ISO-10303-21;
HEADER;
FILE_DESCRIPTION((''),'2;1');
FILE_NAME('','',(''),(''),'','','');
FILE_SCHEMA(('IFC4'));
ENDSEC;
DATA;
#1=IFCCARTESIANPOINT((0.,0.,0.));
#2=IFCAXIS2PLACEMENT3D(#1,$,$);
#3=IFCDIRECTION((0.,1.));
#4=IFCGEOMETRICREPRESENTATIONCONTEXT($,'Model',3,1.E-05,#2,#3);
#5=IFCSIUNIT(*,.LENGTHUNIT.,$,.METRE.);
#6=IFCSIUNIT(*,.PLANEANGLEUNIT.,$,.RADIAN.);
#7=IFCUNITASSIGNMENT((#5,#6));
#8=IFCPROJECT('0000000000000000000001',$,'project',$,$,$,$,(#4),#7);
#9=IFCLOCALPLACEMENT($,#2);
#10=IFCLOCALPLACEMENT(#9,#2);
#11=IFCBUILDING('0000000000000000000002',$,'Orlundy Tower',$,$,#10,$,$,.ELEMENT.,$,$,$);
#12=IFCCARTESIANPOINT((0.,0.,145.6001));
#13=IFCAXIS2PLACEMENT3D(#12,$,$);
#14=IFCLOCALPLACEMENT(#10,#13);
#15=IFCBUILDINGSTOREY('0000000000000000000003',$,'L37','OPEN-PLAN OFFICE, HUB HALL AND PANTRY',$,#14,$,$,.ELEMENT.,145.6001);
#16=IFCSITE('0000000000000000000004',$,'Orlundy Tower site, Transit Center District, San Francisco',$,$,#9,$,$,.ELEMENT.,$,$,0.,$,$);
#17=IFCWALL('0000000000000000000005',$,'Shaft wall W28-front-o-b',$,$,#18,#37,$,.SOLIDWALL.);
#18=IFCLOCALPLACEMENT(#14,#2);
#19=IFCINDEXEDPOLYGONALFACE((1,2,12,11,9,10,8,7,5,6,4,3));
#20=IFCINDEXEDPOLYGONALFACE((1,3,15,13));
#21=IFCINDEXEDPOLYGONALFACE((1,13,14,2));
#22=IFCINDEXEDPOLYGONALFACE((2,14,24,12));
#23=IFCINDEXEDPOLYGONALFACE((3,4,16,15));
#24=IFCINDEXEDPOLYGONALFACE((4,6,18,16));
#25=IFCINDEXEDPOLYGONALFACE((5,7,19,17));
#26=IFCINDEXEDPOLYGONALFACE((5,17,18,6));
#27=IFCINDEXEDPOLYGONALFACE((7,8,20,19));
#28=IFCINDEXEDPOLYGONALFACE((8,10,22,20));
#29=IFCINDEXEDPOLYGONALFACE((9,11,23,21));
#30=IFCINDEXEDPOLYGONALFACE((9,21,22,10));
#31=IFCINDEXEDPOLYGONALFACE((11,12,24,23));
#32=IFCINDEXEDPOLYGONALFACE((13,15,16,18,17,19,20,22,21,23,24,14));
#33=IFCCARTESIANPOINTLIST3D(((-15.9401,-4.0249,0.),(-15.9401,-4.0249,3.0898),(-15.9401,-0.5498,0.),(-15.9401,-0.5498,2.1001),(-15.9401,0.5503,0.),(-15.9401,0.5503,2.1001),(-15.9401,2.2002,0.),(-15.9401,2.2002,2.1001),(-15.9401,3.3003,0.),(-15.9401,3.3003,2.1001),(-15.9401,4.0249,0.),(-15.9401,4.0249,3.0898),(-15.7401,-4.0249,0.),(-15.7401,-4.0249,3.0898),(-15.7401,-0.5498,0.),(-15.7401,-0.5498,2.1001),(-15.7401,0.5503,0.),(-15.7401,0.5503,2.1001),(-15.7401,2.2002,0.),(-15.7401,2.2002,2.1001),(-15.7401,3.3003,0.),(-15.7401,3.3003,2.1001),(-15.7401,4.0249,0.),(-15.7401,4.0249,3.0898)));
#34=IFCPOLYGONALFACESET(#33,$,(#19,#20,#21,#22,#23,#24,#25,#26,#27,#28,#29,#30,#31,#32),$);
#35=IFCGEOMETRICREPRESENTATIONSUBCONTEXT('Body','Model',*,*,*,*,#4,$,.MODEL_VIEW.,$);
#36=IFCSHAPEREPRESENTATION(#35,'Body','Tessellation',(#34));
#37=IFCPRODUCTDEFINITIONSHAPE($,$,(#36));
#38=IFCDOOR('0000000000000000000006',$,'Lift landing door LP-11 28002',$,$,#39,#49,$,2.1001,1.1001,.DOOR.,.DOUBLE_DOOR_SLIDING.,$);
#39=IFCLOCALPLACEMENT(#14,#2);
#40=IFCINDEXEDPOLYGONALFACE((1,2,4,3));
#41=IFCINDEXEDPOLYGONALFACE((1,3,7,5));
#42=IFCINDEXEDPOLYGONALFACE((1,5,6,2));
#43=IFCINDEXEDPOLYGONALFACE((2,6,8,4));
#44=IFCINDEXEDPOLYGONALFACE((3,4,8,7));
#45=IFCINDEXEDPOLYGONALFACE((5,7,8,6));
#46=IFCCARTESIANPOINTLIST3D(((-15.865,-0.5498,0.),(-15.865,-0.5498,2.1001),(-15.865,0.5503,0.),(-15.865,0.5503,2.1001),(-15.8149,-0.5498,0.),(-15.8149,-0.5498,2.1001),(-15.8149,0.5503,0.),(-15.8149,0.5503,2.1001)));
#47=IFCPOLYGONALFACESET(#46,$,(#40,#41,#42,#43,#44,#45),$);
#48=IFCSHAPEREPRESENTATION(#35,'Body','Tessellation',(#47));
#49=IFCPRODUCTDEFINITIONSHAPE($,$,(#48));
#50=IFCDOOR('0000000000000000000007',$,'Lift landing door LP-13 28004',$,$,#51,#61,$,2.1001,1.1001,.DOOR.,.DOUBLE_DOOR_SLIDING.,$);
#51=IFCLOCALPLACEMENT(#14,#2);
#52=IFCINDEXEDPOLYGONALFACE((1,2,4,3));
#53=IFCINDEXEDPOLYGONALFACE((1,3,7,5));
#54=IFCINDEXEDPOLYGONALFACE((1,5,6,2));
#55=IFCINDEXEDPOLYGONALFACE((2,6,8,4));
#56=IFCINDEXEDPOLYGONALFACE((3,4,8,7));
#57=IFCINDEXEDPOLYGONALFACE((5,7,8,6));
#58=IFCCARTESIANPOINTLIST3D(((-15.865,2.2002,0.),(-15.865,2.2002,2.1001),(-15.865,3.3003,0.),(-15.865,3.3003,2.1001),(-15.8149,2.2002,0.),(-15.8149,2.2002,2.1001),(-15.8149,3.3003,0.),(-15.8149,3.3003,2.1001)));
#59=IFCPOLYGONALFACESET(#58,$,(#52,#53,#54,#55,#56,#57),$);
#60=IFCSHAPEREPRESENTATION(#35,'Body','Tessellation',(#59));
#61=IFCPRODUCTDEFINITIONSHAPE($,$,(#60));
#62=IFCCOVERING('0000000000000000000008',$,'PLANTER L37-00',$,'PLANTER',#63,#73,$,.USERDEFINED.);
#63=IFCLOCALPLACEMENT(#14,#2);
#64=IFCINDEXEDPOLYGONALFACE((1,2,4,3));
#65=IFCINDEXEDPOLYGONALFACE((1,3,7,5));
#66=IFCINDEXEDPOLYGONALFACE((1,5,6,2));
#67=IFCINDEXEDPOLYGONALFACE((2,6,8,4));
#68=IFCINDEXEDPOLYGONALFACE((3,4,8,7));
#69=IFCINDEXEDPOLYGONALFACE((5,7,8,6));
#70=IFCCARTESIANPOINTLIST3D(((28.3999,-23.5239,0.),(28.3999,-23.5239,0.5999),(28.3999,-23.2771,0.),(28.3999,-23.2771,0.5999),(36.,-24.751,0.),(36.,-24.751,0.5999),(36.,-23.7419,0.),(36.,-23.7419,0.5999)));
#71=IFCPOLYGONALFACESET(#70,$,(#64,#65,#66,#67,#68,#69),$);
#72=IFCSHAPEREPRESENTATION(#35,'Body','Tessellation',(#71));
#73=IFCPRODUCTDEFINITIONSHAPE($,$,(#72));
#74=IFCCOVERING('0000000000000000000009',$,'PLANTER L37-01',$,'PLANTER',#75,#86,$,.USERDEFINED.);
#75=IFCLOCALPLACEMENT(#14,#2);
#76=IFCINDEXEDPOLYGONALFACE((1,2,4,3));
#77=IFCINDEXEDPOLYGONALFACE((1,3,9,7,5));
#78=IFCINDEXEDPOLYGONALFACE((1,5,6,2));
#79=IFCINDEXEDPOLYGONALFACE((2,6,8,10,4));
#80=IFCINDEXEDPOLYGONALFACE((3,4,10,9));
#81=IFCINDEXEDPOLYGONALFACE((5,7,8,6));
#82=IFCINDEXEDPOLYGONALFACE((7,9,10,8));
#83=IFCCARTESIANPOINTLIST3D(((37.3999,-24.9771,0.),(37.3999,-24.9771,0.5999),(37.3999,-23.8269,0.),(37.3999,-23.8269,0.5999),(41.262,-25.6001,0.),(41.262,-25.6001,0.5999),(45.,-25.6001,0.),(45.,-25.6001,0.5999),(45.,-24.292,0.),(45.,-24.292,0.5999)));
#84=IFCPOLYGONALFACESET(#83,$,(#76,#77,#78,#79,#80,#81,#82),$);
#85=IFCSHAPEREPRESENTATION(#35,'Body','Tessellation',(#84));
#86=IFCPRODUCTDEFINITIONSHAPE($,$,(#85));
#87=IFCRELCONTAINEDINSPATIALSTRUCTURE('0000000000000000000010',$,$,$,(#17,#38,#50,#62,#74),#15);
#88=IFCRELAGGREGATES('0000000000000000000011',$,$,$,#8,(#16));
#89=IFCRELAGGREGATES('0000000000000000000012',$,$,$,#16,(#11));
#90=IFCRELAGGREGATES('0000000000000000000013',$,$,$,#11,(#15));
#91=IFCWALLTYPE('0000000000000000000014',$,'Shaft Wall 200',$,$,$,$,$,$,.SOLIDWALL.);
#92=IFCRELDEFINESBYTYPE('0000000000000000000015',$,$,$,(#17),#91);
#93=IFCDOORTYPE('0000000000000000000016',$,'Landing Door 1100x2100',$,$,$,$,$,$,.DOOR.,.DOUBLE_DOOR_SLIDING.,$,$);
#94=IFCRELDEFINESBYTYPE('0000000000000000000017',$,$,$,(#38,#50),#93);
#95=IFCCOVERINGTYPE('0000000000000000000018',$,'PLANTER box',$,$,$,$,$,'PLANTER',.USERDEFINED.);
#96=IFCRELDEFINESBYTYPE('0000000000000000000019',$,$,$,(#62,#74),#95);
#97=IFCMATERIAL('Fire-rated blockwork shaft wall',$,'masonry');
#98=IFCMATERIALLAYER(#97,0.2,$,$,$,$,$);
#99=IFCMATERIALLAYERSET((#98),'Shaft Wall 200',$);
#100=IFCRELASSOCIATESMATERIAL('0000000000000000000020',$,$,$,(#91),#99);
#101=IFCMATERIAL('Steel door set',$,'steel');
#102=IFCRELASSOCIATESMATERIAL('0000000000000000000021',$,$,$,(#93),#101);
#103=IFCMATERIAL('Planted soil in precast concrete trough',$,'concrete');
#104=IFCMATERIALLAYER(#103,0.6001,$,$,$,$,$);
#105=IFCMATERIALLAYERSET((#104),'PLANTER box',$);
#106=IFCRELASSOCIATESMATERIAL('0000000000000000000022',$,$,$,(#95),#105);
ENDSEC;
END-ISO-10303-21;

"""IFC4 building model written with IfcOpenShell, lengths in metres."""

from ifc_helpers import new_model, si_unit, direction, frame, frame_2d, origin, place, context, subcontext, project, spatial, polyline, rectangle, outline, extrude, material, layer, layer_set, type_object, element, fill, save


model = new_model("IFC4")

# Units and contexts
model_context = context("Model", 3, precision=1e-05, world=origin(), true_north=direction((0.0, 1.0)))
body_context = subcontext(model_context, "Body", "Model", "MODEL_VIEW")
ifc_project = project(units=[si_unit("LENGTHUNIT", "METRE"), si_unit("PLANEANGLEUNIT", "RADIAN")], contexts=[model_context])

# Site, building, storey
site_placement = place(None, origin())
site = spatial("IfcSite", under=ifc_project, at=site_placement, Name="Orlundy Tower site, Transit Center District, San Francisco", CompositionType="ELEMENT", RefElevation=0.0)
building_placement = place(site_placement, origin())
building = spatial("IfcBuilding", under=site, at=building_placement, Name="Orlundy Tower", CompositionType="ELEMENT")
storey_placement = place(building_placement, frame((0.0, 0.0, 145.6001)))
storey = spatial("IfcBuildingStorey", under=building, at=storey_placement, Name="L37", Description="OPEN-PLAN OFFICE, HUB HALL AND PANTRY", CompositionType="ELEMENT", Elevation=145.6001)

# Shared definitions
ifc_material_1 = material(Name="Fire-rated blockwork shaft wall", Category="masonry")
ifc_layer_1 = layer(ifc_material_1, 0.2)
ifc_layer_set_1 = layer_set([ifc_layer_1], Name="Shaft Wall 200")
wall_type = type_object("IfcWallType", Name="Shaft Wall 200", PredefinedType="SOLIDWALL", material=ifc_layer_set_1)

# Wall, openings, doors
wall_1_placement = place(storey_placement, frame((-15.8401, -4.0249, 0.0), z_axis=(0.0, 0.0, 1.0), x_axis=(0.0, 1.0, 0.0)))
wall_1 = element("IfcWall", 1, at=wall_1_placement, inside=storey, type_object=wall_type, Name="Shaft wall W28-front-o-b", PredefinedType="SOLIDWALL", context=body_context, shape_type="SweptSolid", body=[
    extrude(rectangle(XDim=8.0498, YDim=0.2, at=frame_2d((4.0249, 0.0))), origin(), (0.0, 0.0, 1.0), 3.0898),
])
opening_1_placement = place(wall_1_placement, frame((3.4751, 0.0, 0.0)))
opening_1 = element("IfcOpeningElement", 2, at=opening_1_placement, cuts=wall_1, PredefinedType="OPENING", context=body_context, shape_type="SweptSolid", body=[
    extrude(rectangle(XDim=1.1001, YDim=2.1001, at=frame_2d((0.55, 1.05))), frame((0.0, 0.1101, 0.0), z_axis=(0.0, -1.0, 0.0), x_axis=(1.0, 0.0, 0.0)), (0.0, 0.0, 1.0), 0.2202),
])
opening_2_placement = place(wall_1_placement, frame((6.2251, 0.0, 0.0)))
opening_2 = element("IfcOpeningElement", 3, at=opening_2_placement, cuts=wall_1, PredefinedType="OPENING", context=body_context, shape_type="SweptSolid", body=[
    extrude(rectangle(XDim=1.1001, YDim=2.1001, at=frame_2d((0.55, 1.05))), frame((0.0, 0.1101, 0.0), z_axis=(0.0, -1.0, 0.0), x_axis=(1.0, 0.0, 0.0)), (0.0, 0.0, 1.0), 0.2202),
])
ifc_material_2 = material(Name="Steel door set", Category="steel")
door_type = type_object("IfcDoorType", Name="Landing Door 1100x2100", OperationType="DOUBLE_DOOR_SLIDING", PredefinedType="DOOR", material=ifc_material_2)
door_1_placement = place(opening_1_placement, origin())
door_1 = element("IfcDoor", 4, at=door_1_placement, inside=storey, type_object=door_type, Name="Lift landing door LP-11 28002", OperationType="DOUBLE_DOOR_SLIDING", OverallHeight=2.1001, OverallWidth=1.1001, PredefinedType="DOOR", context=body_context, shape_type="SweptSolid", body=[
    extrude(rectangle(XDim=1.1001, YDim=2.1001, at=frame_2d((0.55, 1.05))), frame((0.0, 0.0249, 0.0), z_axis=(0.0, -1.0, 0.0), x_axis=(1.0, 0.0, 0.0)), (0.0, 0.0, 1.0), 0.05),
])
fill(opening_1, door_1)
door_2_placement = place(opening_2_placement, origin())
door_2 = element("IfcDoor", 5, at=door_2_placement, inside=storey, type_object=door_type, Name="Lift landing door LP-13 28004", OperationType="DOUBLE_DOOR_SLIDING", OverallHeight=2.1001, OverallWidth=1.1001, PredefinedType="DOOR", context=body_context, shape_type="SweptSolid", body=[
    extrude(rectangle(XDim=1.1001, YDim=2.1001, at=frame_2d((0.55, 1.05))), frame((0.0, 0.0249, 0.0), z_axis=(0.0, -1.0, 0.0), x_axis=(1.0, 0.0, 0.0)), (0.0, 0.0, 1.0), 0.05),
])
fill(opening_2, door_2)

# Coverings
ifc_material_3 = material(Name="Planted soil in precast concrete trough", Category="concrete")
ifc_layer_2 = layer(ifc_material_3, 0.6001)
ifc_layer_set_2 = layer_set([ifc_layer_2], Name="PLANTER box")
covering_type = type_object("IfcCoveringType", Name="PLANTER box", ElementType="PLANTER", PredefinedType="USERDEFINED", material=ifc_layer_set_2)
covering_1_placement = place(storey_placement, origin())
element("IfcCovering", 6, at=covering_1_placement, inside=storey, type_object=covering_type, Name="PLANTER L37-00", ObjectType="PLANTER", PredefinedType="USERDEFINED", context=body_context, shape_type="SweptSolid", body=[
    extrude(outline(polyline([(28.3999, -23.5239), (28.3999, -23.2771), (36.0, -23.7419), (36.0, -24.751), (28.3999, -23.5239)])), origin(), (0.0, 0.0, 1.0), 0.5999),
])
covering_2_placement = place(storey_placement, origin())
element("IfcCovering", 7, at=covering_2_placement, inside=storey, type_object=covering_type, Name="PLANTER L37-01", ObjectType="PLANTER", PredefinedType="USERDEFINED", context=body_context, shape_type="SweptSolid", body=[
    extrude(outline(polyline([(37.3999, -24.9771), (37.3999, -23.8269), (45.0, -24.292), (45.0, -25.6001), (41.262, -25.6001), (37.3999, -24.9771)])), origin(), (0.0, 0.0, 1.0), 0.5999),
])

save(model, "model.ifc")
